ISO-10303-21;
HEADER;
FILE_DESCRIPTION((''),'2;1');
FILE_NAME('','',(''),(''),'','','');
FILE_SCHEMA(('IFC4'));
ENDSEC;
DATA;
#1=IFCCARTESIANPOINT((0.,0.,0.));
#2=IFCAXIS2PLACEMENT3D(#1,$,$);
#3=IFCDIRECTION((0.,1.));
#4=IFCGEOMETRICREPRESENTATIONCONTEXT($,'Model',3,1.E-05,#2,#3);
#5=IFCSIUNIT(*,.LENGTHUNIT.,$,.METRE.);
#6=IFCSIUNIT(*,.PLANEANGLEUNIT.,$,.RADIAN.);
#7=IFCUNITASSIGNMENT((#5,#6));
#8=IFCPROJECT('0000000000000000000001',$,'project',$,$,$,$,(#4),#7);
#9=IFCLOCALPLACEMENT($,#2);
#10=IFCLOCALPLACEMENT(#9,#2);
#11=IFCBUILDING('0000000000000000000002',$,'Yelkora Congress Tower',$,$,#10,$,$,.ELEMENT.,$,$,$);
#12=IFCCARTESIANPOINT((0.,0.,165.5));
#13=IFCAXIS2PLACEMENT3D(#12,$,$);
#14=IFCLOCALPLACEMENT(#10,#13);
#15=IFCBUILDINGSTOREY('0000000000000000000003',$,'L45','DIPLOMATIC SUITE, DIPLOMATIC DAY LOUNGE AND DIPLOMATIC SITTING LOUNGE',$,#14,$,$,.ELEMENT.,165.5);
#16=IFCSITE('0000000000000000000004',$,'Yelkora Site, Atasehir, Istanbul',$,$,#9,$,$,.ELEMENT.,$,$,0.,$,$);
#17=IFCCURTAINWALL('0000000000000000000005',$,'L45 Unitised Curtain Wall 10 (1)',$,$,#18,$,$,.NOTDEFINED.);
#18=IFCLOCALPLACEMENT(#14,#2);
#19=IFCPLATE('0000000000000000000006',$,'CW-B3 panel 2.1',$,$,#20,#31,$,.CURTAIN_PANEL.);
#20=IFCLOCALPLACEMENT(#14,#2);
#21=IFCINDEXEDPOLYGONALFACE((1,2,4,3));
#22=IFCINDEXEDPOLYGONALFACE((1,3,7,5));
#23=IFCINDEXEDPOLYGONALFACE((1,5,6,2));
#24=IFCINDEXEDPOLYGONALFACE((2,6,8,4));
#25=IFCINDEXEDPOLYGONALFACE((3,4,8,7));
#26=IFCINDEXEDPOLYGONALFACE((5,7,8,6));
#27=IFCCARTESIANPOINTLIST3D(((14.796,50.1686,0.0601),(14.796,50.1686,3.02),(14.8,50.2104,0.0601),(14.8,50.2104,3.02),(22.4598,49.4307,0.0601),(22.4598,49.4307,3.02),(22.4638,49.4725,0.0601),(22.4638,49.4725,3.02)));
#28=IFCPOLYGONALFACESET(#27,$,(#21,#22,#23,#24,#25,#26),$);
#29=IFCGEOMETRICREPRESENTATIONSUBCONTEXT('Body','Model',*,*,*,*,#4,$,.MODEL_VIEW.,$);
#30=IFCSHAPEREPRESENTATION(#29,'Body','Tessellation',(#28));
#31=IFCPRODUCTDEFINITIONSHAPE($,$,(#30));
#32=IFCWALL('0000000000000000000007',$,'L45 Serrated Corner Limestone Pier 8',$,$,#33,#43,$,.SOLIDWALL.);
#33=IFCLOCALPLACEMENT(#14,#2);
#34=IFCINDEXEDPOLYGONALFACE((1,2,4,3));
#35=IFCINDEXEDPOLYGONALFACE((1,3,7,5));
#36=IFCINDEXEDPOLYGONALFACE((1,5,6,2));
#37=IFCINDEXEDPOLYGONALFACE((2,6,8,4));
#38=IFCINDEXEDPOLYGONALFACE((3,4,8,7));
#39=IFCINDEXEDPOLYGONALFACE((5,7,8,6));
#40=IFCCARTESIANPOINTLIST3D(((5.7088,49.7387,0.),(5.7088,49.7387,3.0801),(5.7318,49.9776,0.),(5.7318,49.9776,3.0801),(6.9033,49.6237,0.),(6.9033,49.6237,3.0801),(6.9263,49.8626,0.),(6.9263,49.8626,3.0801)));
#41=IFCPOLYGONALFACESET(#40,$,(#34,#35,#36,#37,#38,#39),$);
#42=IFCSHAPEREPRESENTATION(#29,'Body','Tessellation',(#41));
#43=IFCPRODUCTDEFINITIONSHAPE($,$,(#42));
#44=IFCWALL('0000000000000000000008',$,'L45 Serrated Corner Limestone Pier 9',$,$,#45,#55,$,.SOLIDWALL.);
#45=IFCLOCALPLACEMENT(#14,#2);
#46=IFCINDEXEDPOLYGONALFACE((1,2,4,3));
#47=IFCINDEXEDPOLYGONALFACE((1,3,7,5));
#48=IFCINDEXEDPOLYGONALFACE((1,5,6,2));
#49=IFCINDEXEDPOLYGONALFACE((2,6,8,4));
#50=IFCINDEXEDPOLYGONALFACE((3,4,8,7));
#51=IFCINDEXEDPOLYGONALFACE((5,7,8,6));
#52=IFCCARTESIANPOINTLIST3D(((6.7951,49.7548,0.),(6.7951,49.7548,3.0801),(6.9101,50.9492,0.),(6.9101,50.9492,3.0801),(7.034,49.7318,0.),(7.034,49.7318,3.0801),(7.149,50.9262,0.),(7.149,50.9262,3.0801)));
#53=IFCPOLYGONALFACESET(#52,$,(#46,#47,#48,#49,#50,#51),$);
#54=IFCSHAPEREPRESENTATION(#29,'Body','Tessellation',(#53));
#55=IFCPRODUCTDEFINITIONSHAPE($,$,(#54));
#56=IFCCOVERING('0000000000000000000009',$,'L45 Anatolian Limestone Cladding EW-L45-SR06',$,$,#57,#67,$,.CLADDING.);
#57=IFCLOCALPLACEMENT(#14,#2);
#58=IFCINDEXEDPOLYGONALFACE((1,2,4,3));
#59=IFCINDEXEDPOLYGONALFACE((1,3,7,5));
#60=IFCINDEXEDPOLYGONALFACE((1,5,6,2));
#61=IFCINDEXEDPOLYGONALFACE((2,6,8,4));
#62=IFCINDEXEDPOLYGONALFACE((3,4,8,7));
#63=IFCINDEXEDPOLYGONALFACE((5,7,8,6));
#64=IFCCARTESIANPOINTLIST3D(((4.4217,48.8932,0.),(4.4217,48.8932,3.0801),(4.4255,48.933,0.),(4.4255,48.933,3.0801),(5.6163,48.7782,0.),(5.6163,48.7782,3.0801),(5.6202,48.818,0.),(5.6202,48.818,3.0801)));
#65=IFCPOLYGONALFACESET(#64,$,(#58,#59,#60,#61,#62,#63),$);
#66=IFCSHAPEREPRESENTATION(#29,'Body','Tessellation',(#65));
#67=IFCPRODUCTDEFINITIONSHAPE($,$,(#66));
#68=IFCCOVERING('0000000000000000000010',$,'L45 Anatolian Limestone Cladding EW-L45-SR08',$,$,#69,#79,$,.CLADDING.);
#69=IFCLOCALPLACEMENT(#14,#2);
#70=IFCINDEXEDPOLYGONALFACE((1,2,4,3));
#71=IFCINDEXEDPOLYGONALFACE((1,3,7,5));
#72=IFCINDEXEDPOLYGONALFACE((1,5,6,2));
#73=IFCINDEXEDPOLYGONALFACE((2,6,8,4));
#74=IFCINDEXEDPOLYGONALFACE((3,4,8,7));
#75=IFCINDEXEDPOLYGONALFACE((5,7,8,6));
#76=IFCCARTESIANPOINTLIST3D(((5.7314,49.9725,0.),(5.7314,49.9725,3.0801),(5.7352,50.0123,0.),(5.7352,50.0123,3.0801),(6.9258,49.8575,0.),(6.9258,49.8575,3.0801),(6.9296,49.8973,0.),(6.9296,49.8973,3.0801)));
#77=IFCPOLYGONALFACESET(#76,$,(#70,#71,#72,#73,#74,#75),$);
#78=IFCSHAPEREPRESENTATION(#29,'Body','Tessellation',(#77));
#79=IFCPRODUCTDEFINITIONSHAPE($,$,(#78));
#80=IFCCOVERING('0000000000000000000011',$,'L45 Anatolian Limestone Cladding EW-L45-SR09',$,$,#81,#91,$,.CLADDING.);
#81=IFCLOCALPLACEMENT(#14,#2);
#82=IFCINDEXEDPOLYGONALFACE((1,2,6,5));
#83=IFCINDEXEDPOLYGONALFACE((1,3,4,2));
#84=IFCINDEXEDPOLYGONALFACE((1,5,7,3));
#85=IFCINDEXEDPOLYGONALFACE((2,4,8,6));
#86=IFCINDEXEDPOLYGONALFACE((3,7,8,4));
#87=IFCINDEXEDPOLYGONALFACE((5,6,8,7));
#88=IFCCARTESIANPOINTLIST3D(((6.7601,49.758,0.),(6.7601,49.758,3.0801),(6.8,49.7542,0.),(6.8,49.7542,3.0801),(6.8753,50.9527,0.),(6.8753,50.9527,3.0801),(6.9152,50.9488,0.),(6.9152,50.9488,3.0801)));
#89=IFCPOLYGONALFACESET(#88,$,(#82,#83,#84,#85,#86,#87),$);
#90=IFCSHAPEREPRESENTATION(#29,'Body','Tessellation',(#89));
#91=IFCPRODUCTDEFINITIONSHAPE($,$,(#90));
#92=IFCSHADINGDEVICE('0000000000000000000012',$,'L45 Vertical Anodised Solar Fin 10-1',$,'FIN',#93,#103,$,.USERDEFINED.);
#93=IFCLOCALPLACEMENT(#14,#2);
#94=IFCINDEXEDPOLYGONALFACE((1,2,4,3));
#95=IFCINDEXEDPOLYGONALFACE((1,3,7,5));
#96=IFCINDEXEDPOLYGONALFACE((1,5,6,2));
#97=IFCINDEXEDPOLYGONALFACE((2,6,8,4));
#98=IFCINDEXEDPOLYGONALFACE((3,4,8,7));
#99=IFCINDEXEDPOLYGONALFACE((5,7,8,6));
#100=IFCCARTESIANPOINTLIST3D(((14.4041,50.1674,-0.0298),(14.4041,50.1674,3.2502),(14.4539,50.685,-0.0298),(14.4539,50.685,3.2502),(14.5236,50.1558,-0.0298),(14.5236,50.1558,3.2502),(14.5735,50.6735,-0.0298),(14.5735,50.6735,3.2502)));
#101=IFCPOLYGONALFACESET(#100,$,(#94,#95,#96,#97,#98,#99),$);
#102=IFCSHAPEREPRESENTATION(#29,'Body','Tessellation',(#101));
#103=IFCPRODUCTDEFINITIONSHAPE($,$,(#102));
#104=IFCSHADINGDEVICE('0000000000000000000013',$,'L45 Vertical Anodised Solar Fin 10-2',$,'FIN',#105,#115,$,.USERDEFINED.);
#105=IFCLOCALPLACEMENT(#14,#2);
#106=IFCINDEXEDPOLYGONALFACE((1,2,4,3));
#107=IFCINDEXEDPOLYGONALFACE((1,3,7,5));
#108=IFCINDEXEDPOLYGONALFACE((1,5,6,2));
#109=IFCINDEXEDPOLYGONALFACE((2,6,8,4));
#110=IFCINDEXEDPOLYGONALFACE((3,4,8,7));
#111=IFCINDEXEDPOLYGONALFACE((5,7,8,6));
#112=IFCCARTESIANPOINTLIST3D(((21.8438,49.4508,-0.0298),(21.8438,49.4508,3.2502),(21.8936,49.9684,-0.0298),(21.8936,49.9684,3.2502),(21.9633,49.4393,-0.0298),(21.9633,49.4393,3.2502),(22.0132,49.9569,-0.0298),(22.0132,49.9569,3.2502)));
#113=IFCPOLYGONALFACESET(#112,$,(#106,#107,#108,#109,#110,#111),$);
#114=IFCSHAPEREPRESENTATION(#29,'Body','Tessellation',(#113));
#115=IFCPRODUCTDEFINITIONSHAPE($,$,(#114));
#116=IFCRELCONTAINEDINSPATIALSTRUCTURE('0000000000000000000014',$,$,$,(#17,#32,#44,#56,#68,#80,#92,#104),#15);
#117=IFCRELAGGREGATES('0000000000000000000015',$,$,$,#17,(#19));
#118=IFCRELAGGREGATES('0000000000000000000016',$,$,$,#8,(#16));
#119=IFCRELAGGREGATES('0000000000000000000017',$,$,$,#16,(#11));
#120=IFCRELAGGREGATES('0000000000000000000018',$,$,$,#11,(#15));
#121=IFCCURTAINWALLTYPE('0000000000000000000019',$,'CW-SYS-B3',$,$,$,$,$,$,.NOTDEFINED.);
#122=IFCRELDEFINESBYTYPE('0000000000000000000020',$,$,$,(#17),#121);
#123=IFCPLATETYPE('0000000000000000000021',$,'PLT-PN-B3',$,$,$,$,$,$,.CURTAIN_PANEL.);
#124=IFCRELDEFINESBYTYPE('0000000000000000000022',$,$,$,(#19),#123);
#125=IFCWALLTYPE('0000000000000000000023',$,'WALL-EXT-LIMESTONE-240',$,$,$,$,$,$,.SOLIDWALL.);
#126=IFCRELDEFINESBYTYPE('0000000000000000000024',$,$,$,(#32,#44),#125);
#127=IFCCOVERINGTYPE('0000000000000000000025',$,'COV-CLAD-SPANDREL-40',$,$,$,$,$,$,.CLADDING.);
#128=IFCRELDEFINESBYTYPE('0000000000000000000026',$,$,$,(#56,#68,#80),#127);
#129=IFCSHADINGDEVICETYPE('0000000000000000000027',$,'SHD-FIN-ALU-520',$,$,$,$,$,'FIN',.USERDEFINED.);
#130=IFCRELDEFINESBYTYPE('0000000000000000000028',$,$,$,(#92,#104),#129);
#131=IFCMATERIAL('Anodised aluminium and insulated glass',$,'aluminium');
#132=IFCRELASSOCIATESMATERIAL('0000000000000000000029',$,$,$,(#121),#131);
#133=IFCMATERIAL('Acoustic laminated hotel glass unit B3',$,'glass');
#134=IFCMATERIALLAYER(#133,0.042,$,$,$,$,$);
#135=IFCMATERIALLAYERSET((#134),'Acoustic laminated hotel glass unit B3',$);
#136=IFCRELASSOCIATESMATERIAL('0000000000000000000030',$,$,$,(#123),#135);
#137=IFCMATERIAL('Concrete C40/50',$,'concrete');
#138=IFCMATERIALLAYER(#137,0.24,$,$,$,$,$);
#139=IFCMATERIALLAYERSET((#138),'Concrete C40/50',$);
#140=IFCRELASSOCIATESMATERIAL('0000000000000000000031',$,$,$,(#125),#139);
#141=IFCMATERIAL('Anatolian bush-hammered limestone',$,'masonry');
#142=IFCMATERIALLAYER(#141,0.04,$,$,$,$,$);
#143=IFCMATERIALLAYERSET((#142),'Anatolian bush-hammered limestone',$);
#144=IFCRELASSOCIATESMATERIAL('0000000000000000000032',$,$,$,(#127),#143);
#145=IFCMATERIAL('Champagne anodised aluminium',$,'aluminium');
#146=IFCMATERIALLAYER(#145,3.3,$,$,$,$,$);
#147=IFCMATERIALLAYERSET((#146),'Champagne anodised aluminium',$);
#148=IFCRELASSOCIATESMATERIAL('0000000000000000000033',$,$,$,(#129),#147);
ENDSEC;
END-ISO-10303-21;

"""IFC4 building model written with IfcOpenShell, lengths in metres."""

from ifc_helpers import new_model, si_unit, direction, frame, frame_2d, origin, origin_2d, place, context, subcontext, project, spatial, rectangle, extrude, material, layer, layer_set, type_object, element, aggregate, save


model = new_model("IFC4")

# Units and contexts
model_context = context("Model", 3, precision=1e-05, world=origin(), true_north=direction((0.0, 1.0)))
body_context = subcontext(model_context, "Body", "Model", "MODEL_VIEW")
ifc_project = project(units=[si_unit("LENGTHUNIT", "METRE"), si_unit("PLANEANGLEUNIT", "RADIAN")], contexts=[model_context])

# Site, building, storey
site_placement = place(None, origin())
site = spatial("IfcSite", under=ifc_project, at=site_placement, Name="Yelkora Site, Atasehir, Istanbul", CompositionType="ELEMENT", RefElevation=0.0)
building_placement = place(site_placement, origin())
building = spatial("IfcBuilding", under=site, at=building_placement, Name="Yelkora Congress Tower", CompositionType="ELEMENT")
storey_placement = place(building_placement, frame((0.0, 0.0, 165.5)))
storey = spatial("IfcBuildingStorey", under=building, at=storey_placement, Name="L45", Description="DIPLOMATIC SUITE, DIPLOMATIC DAY LOUNGE AND DIPLOMATIC SITTING LOUNGE", CompositionType="ELEMENT", Elevation=165.5)

# Curtain wall, plate
ifc_material_1 = material(Name="Anodised aluminium and insulated glass", Category="aluminium")
curtain_wall_type = type_object("IfcCurtainWallType", Name="CW-SYS-B3", PredefinedType="NOTDEFINED", material=ifc_material_1)
curtain_wall_placement = place(storey_placement, origin())
curtain_wall = element("IfcCurtainWall", 1, at=curtain_wall_placement, inside=storey, type_object=curtain_wall_type, Name="L45 Unitised Curtain Wall 10 (1)", PredefinedType="NOTDEFINED")
ifc_material_2 = material(Name="Acoustic laminated hotel glass unit B3", Category="glass")
ifc_layer_1 = layer(ifc_material_2, 0.042)
ifc_layer_set_1 = layer_set([ifc_layer_1], Name="Acoustic laminated hotel glass unit B3")
plate_type = type_object("IfcPlateType", Name="PLT-PN-B3", PredefinedType="CURTAIN_PANEL", material=ifc_layer_set_1)
plate_1_placement = place(storey_placement, frame((18.6299, 49.8206, 0.0601), z_axis=(0.0, 0.0, 1.0), x_axis=(0.995396, -0.095845, 0.0)))
plate_1 = element("IfcPlate", 2, at=plate_1_placement, type_object=plate_type, Name="CW-B3 panel 2.1", PredefinedType="CURTAIN_PANEL", context=body_context, shape_type="SweptSolid", body=[
    extrude(rectangle(XDim=7.6992, YDim=0.042, at=origin_2d()), origin(), (0.0, 0.0, 1.0), 2.96),
])
aggregate(curtain_wall, [plate_1])

# Walls
ifc_material_3 = material(Name="Concrete C40/50", Category="concrete")
ifc_layer_2 = layer(ifc_material_3, 0.24)
ifc_layer_set_2 = layer_set([ifc_layer_2], Name="Concrete C40/50")
wall_type = type_object("IfcWallType", Name="WALL-EXT-LIMESTONE-240", PredefinedType="SOLIDWALL", material=ifc_layer_set_2)
for number, where, z_axis, x_axis, name in (
    (3, (5.7202, 49.8582, 0.0), (0.0, 0.0, 1.0), (0.995397, -0.095836, 0.0), "L45 Serrated Corner Limestone Pier 8"),
    (4, (6.9146, 49.7432, 0.0), (0.0, 0.0, 1.0), (0.095836, 0.995397, 0.0), "L45 Serrated Corner Limestone Pier 9"),
):
    element("IfcWall", number, at=place(storey_placement, frame(where, z_axis=z_axis, x_axis=x_axis)), inside=storey, type_object=wall_type, Name=name, PredefinedType="SOLIDWALL", context=body_context, shape_type="SweptSolid", body=[
        extrude(rectangle(XDim=1.2, YDim=0.24, at=frame_2d((0.6001, 0.0))), origin(), (0.0, 0.0, 1.0), 3.0801),
    ])

# Coverings
ifc_material_4 = material(Name="Anatolian bush-hammered limestone", Category="masonry")
ifc_layer_3 = layer(ifc_material_4, 0.04)
ifc_layer_set_3 = layer_set([ifc_layer_3], Name="Anatolian bush-hammered limestone")
covering_type = type_object("IfcCoveringType", Name="COV-CLAD-SPANDREL-40", PredefinedType="CLADDING", material=ifc_layer_set_3)
covering_1_placement = place(storey_placement, frame((4.4236, 48.9131, 0.0), z_axis=(0.0, 0.0, 1.0), x_axis=(0.995399, -0.095817, 0.0)))
element("IfcCovering", 5, at=covering_1_placement, inside=storey, type_object=covering_type, Name="L45 Anatolian Limestone Cladding EW-L45-SR06", PredefinedType="CLADDING", context=body_context, shape_type="SweptSolid", body=[
    extrude(rectangle(XDim=1.2002, YDim=0.04, at=frame_2d((0.6001, 0.0))), origin(), (0.0, 0.0, 1.0), 3.0801),
])
covering_2_placement = place(storey_placement, frame((5.7332, 49.9924, 0.0), z_axis=(0.0, 0.0, 1.0), x_axis=(0.995397, -0.095836, 0.0)))
element("IfcCovering", 6, at=covering_2_placement, inside=storey, type_object=covering_type, Name="L45 Anatolian Limestone Cladding EW-L45-SR08", PredefinedType="CLADDING", context=body_context, shape_type="SweptSolid", body=[
    extrude(rectangle(XDim=1.2, YDim=0.04, at=frame_2d((0.6001, 0.0))), origin(), (0.0, 0.0, 1.0), 3.0801),
])
covering_3_placement = place(storey_placement, frame((6.78, 49.7561, 0.0), z_axis=(0.0, 0.0, 1.0), x_axis=(0.096019, 0.99538, 0.0)))
element("IfcCovering", 7, at=covering_3_placement, inside=storey, type_object=covering_type, Name="L45 Anatolian Limestone Cladding EW-L45-SR09", PredefinedType="CLADDING", context=body_context, shape_type="SweptSolid", body=[
    extrude(rectangle(XDim=1.2002, YDim=0.04, at=frame_2d((0.6001, 0.0))), origin(), (0.0, 0.0, 1.0), 3.0801),
])

# Shading devices
ifc_material_5 = material(Name="Champagne anodised aluminium", Category="aluminium")
ifc_layer_4 = layer(ifc_material_5, 3.3)
ifc_layer_set_4 = layer_set([ifc_layer_4], Name="Champagne anodised aluminium")
shading_device_type = type_object("IfcShadingDeviceType", Name="SHD-FIN-ALU-520", ElementType="FIN", PredefinedType="USERDEFINED", material=ifc_layer_set_4)
for number, where, z_axis, x_axis, name in (
    (8, (14.4888, 50.4204, -0.0298), (0.0, 0.0, 1.0), (0.995396, -0.095846, 0.0), "L45 Vertical Anodised Solar Fin 10-1"),
    (9, (21.9285, 49.7039, -0.0298), (0.0, 0.0, 1.0), (0.995396, -0.095846, 0.0), "L45 Vertical Anodised Solar Fin 10-2"),
):
    element("IfcShadingDevice", number, at=place(storey_placement, frame(where, z_axis=z_axis, x_axis=x_axis)), inside=storey, type_object=shading_device_type, Name=name, ObjectType="FIN", PredefinedType="USERDEFINED", context=body_context, shape_type="SweptSolid", body=[
        extrude(rectangle(XDim=0.1201, YDim=0.52, at=origin_2d()), origin(), (0.0, 0.0, 1.0), 3.28),
    ])

save(model, "model.ifc")
